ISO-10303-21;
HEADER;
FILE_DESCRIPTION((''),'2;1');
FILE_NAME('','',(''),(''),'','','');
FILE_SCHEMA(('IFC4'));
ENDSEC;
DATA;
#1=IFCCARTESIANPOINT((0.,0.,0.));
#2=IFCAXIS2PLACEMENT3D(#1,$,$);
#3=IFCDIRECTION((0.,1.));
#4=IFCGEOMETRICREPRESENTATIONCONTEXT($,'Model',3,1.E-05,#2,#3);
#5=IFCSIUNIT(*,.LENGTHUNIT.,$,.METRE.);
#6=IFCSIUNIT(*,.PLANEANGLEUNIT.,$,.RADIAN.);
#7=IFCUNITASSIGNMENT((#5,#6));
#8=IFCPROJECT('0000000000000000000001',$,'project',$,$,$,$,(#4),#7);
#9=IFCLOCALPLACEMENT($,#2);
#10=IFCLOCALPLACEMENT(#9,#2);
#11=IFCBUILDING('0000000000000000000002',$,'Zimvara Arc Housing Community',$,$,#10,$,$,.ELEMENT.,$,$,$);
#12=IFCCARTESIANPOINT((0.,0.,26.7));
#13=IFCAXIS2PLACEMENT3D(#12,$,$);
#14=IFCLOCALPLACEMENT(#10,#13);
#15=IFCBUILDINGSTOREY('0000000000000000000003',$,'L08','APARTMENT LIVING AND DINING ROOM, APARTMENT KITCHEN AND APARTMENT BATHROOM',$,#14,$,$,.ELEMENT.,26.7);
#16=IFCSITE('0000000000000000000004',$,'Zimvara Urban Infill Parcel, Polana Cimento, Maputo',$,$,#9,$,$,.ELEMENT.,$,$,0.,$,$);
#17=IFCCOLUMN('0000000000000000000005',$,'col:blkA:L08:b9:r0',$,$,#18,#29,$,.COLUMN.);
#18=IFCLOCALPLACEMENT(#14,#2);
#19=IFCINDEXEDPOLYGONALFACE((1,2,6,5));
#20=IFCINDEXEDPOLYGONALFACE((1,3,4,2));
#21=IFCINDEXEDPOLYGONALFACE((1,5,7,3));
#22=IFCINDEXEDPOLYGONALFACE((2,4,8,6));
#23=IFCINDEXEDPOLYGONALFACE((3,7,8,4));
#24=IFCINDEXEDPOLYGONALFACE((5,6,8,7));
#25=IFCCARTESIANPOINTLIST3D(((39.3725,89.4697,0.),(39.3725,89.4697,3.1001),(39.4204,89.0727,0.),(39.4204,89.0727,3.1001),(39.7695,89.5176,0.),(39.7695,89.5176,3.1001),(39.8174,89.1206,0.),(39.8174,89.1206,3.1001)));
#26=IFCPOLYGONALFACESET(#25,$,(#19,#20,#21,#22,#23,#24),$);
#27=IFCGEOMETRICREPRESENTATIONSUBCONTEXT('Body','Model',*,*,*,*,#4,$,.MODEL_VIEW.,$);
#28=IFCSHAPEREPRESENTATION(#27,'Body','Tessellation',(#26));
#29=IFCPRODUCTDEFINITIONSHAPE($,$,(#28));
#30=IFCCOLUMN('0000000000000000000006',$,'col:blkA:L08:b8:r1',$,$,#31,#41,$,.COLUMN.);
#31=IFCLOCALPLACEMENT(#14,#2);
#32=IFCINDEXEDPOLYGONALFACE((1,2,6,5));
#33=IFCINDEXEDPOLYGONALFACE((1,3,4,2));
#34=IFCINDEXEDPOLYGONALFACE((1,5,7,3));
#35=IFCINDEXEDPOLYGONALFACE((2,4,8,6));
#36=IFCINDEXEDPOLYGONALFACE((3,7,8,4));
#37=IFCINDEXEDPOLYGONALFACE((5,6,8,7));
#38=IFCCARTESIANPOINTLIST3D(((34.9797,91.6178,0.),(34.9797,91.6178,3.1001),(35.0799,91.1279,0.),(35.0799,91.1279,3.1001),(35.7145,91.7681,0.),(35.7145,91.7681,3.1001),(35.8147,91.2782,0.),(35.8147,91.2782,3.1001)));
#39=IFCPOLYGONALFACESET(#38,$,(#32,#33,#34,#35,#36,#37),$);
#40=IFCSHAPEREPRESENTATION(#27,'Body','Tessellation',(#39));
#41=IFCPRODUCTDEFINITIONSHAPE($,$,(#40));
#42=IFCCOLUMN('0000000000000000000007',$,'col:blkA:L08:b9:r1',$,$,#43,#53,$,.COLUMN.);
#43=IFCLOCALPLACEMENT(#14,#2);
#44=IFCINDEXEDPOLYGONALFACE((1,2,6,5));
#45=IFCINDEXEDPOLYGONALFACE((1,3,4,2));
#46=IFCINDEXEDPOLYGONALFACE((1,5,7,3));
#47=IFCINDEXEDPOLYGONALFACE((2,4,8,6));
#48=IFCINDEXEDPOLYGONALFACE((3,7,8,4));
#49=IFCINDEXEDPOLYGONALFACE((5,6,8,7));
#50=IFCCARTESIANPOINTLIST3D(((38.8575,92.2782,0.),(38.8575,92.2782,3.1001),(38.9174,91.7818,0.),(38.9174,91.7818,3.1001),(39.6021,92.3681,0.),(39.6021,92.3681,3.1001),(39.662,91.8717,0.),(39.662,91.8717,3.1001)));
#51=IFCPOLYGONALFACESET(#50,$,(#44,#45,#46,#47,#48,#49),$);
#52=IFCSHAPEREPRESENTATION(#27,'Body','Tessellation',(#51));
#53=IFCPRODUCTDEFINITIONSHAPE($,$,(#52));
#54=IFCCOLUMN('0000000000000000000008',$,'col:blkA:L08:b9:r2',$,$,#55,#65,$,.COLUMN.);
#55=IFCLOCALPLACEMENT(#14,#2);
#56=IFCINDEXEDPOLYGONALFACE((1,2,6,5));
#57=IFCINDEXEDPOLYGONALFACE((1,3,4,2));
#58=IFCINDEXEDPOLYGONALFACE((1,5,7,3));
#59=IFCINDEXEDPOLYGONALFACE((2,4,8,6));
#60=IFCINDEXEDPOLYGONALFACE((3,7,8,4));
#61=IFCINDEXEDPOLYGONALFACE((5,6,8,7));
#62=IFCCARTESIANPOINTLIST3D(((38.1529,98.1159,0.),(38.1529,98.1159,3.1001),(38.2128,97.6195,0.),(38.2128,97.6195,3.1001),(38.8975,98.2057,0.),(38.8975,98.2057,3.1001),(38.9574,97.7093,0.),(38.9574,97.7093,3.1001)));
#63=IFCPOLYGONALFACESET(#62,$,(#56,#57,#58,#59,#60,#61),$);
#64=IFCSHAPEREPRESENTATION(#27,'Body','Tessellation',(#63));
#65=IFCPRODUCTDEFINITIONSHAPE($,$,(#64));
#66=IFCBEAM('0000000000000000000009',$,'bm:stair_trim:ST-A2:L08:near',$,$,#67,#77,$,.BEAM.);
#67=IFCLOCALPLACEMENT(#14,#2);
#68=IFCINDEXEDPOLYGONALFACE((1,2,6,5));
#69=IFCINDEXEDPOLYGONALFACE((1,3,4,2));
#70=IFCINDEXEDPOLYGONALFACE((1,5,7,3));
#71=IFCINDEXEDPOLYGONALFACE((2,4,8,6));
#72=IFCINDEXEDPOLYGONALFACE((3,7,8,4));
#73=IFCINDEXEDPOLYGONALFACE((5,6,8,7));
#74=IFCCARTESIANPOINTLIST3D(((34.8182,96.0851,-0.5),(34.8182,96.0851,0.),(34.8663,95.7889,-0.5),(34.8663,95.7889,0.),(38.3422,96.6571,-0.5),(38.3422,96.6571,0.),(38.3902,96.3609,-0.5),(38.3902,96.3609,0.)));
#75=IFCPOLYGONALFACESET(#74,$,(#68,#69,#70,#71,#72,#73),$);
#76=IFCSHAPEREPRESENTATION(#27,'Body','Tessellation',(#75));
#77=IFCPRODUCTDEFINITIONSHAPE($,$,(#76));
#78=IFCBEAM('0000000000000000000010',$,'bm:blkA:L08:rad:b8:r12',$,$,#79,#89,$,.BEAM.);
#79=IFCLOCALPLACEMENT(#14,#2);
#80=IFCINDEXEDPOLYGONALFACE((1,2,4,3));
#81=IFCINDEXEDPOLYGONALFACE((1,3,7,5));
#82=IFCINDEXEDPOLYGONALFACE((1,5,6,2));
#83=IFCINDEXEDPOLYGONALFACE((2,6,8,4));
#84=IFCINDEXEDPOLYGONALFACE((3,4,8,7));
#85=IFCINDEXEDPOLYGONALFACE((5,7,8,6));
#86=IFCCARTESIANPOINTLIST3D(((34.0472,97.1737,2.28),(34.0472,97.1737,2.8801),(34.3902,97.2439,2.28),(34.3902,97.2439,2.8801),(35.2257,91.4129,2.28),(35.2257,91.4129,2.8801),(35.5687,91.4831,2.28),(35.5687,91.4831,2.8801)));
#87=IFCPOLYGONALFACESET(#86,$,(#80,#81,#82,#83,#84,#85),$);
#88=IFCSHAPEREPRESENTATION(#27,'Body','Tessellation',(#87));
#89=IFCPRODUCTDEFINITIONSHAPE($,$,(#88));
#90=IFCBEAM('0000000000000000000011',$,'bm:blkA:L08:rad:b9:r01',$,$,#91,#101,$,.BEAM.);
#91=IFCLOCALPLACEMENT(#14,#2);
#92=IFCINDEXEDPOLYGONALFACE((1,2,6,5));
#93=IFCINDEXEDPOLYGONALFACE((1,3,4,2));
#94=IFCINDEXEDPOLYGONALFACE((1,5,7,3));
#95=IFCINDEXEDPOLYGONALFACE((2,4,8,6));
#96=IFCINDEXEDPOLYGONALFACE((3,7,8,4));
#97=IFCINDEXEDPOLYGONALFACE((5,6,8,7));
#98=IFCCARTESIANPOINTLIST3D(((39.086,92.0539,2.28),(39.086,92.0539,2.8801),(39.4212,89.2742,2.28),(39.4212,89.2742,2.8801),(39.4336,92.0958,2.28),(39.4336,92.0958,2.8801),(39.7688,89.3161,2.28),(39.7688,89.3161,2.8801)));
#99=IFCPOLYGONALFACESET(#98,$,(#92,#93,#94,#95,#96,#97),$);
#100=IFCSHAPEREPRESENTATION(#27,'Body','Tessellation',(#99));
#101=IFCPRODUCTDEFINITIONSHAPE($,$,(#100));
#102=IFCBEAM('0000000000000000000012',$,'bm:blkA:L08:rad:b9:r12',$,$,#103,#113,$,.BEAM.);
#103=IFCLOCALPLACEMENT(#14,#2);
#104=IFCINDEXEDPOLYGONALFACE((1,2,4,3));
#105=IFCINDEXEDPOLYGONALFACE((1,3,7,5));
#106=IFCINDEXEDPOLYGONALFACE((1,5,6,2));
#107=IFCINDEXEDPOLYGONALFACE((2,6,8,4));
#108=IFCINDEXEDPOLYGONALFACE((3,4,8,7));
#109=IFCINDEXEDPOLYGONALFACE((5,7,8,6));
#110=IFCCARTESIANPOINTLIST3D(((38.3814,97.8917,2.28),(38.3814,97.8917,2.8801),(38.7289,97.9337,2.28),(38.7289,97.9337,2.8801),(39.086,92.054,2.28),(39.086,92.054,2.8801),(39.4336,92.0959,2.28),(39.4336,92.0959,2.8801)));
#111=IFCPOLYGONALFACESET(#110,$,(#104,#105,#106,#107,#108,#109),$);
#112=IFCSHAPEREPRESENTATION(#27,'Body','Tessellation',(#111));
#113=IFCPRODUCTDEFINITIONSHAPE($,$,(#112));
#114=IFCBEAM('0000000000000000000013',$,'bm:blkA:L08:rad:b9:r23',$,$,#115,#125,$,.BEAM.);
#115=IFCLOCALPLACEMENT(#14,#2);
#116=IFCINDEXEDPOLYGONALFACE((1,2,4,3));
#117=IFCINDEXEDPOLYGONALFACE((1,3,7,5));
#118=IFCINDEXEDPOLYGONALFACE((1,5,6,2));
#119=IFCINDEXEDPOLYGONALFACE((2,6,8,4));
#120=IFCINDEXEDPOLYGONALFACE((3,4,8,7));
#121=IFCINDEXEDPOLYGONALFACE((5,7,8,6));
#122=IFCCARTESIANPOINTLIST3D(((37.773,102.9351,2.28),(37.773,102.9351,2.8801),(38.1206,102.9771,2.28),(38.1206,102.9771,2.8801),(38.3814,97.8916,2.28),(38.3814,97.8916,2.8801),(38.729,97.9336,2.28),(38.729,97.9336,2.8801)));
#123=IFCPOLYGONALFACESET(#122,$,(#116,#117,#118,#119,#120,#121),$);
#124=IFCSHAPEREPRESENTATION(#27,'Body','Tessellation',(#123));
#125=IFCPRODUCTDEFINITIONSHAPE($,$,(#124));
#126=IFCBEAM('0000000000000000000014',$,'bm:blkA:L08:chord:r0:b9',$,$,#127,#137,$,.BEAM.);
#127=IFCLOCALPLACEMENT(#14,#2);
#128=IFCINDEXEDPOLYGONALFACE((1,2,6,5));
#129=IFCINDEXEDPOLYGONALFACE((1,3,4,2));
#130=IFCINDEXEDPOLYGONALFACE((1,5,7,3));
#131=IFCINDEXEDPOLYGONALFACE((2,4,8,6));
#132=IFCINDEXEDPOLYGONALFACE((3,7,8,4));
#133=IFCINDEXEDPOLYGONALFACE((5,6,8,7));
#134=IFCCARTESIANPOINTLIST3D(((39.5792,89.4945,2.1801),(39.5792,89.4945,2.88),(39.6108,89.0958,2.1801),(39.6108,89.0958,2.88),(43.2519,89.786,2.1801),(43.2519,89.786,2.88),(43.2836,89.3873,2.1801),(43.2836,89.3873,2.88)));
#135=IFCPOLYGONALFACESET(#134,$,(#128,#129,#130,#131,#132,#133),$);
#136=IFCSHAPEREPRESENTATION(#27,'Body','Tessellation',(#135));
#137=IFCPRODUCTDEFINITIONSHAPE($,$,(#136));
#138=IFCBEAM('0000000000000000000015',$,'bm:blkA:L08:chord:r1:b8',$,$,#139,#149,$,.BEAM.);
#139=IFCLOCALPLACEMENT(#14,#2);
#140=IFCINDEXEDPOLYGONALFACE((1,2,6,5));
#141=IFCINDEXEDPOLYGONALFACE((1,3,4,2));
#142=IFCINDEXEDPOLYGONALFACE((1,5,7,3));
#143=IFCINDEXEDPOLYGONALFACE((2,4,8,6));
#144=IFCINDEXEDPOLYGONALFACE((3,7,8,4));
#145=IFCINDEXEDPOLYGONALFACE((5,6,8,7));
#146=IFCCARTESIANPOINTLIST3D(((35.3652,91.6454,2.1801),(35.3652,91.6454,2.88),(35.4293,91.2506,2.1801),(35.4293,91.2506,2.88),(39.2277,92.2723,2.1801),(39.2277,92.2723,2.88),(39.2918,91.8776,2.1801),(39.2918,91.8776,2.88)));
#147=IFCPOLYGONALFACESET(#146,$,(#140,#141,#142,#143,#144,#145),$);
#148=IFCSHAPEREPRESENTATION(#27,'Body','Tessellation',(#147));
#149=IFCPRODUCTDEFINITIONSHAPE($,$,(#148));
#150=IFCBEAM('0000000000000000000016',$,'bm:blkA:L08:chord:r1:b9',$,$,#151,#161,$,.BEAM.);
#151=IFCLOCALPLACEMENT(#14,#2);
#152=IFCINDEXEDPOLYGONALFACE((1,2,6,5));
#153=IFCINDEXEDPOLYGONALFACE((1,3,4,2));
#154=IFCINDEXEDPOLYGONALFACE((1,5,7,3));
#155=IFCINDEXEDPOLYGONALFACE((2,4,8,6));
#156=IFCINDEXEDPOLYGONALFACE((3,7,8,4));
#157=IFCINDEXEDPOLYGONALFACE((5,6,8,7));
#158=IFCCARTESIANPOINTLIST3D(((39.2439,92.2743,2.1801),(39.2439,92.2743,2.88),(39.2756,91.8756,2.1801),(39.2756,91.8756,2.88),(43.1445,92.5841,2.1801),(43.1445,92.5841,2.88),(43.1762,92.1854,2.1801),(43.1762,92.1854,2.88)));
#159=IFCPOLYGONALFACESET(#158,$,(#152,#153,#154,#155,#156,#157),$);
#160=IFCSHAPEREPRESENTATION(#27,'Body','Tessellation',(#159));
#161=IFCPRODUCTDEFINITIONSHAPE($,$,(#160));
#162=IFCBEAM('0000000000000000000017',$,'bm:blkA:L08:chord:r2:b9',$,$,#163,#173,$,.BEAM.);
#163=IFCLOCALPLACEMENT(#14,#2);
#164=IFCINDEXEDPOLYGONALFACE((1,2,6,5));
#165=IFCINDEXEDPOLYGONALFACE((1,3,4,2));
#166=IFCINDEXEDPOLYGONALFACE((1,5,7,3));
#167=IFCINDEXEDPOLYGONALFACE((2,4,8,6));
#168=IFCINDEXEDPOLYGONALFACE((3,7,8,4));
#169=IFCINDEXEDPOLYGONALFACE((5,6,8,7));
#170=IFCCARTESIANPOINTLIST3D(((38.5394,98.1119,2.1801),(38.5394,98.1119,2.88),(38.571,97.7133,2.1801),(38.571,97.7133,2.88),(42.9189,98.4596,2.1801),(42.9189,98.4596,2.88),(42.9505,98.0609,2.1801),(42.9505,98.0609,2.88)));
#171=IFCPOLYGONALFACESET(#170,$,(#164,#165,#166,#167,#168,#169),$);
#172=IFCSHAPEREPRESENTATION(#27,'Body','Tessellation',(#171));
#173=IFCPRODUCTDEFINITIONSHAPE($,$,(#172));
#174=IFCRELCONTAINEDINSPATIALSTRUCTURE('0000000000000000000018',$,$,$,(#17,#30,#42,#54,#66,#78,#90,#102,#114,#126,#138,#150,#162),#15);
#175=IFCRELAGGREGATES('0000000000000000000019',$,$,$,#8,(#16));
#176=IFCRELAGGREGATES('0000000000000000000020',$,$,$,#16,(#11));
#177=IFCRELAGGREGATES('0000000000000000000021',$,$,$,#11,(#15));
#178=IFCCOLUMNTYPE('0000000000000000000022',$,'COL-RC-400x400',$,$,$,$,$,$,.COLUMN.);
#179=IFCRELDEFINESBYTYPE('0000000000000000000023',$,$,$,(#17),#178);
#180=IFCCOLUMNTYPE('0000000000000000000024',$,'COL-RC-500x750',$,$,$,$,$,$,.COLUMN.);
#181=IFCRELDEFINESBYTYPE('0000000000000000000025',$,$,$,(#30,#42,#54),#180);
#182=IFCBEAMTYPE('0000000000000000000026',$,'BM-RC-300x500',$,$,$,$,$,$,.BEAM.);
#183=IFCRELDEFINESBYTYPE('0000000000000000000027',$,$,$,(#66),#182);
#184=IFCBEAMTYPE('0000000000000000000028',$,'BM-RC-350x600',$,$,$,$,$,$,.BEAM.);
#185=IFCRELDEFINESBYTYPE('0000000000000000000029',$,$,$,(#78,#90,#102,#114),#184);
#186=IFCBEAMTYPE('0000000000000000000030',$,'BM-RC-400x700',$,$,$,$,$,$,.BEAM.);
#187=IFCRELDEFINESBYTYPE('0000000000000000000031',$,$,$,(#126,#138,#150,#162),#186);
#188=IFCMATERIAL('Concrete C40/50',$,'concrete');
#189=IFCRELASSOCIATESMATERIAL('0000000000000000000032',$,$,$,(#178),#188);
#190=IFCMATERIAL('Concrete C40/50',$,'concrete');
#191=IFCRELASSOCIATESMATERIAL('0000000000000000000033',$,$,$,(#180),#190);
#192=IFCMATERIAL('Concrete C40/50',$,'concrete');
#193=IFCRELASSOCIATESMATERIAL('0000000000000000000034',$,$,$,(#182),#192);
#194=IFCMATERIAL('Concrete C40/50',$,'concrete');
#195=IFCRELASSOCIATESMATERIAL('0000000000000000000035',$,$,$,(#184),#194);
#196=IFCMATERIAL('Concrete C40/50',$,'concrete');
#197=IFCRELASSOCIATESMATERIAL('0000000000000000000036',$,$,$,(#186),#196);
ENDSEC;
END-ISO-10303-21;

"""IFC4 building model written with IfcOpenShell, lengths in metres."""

from ifc_helpers import new_model, si_unit, direction, frame, origin, origin_2d, place, context, subcontext, project, spatial, rectangle, extrude, material, material_profile, profile_set, type_object, element, save


model = new_model("IFC4")

# Units and contexts
model_context = context("Model", 3, precision=1e-05, world=origin(), true_north=direction((0.0, 1.0)))
body_context = subcontext(model_context, "Body", "Model", "MODEL_VIEW")
ifc_project = project(units=[si_unit("LENGTHUNIT", "METRE"), si_unit("PLANEANGLEUNIT", "RADIAN")], contexts=[model_context])

# Site, building, storey
site_placement = place(None, origin())
site = spatial("IfcSite", under=ifc_project, at=site_placement, Name="Zimvara Urban Infill Parcel, Polana Cimento, Maputo", CompositionType="ELEMENT", RefElevation=0.0)
building_placement = place(site_placement, origin())
building = spatial("IfcBuilding", under=site, at=building_placement, Name="Zimvara Arc Housing Community", CompositionType="ELEMENT")
storey_placement = place(building_placement, frame((0.0, 0.0, 26.7)))
storey = spatial("IfcBuildingStorey", under=building, at=storey_placement, Name="L08", Description="APARTMENT LIVING AND DINING ROOM, APARTMENT KITCHEN AND APARTMENT BATHROOM", CompositionType="ELEMENT", Elevation=26.7)

# Columns
ifc_material_1 = material(Name="Concrete C40/50", Category="concrete")
ifc_material_profile_1 = material_profile(ifc_material_1, rectangle(XDim=0.3999, YDim=0.3999, at=origin_2d()), Name="RC 400x400")
ifc_profile_set_1 = profile_set([ifc_material_profile_1], Name="Concrete C40/50")
column_type_1 = type_object("IfcColumnType", Name="COL-RC-400x400", PredefinedType="COLUMN", material=ifc_profile_set_1)
column_placement = place(storey_placement, frame((39.595, 89.2952, 0.0), z_axis=(0.0, 0.0, 1.0), x_axis=(-0.11979, 0.992799, 0.0)))
element("IfcColumn", 1, at=column_placement, inside=storey, type_object=column_type_1, Name="col:blkA:L08:b9:r0", PredefinedType="COLUMN", context=body_context, shape_type="SweptSolid", body=[
    extrude(rectangle(XDim=0.3999, YDim=0.3999, at=origin_2d()), origin(), (0.0, 0.0, 1.0), 3.1001),
])
ifc_material_2 = material(Name="Concrete C40/50", Category="concrete")
ifc_material_profile_2 = material_profile(ifc_material_2, rectangle(XDim=0.5, YDim=0.75, at=origin_2d()), Name="RC 500x750")
ifc_profile_set_2 = profile_set([ifc_material_profile_2], Name="Concrete C40/50")
column_type_2 = type_object("IfcColumnType", Name="COL-RC-500x750", PredefinedType="COLUMN", material=ifc_profile_set_2)
for number, where, z_axis, x_axis, name in (
    (2, (35.3972, 91.448, 0.0), (0.0, 0.0, 1.0), (-0.200394, 0.979715, 0.0), "col:blkA:L08:b8:r1"),
    (3, (39.2598, 92.075, 0.0), (0.0, 0.0, 1.0), (-0.11979, 0.992799, 0.0), "col:blkA:L08:b9:r1"),
    (4, (38.5552, 97.9126, 0.0), (0.0, 0.0, 1.0), (-0.11979, 0.992799, 0.0), "col:blkA:L08:b9:r2"),
):
    element("IfcColumn", number, at=place(storey_placement, frame(where, z_axis=z_axis, x_axis=x_axis)), inside=storey, type_object=column_type_2, Name=name, PredefinedType="COLUMN", context=body_context, shape_type="SweptSolid", body=[
        extrude(rectangle(XDim=0.5, YDim=0.75, at=origin_2d()), origin(), (0.0, 0.0, 1.0), 3.1001),
    ])

# Beams
ifc_material_3 = material(Name="Concrete C40/50", Category="concrete")
ifc_material_profile_3 = material_profile(ifc_material_3, rectangle(XDim=0.3, YDim=0.5, at=origin_2d()), Name="RC 300x500")
ifc_profile_set_3 = profile_set([ifc_material_profile_3], Name="Concrete C40/50")
beam_type_1 = type_object("IfcBeamType", Name="BM-RC-300x500", PredefinedType="BEAM", material=ifc_profile_set_3)
beam_1_placement = place(storey_placement, frame((38.3662, 96.509, -0.25), z_axis=(-0.98708, -0.160228, 0.0), x_axis=(0.160228, -0.98708, 0.0)))
element("IfcBeam", 5, at=beam_1_placement, inside=storey, type_object=beam_type_1, Name="bm:stair_trim:ST-A2:L08:near", PredefinedType="BEAM", context=body_context, shape_type="SweptSolid", body=[
    extrude(rectangle(XDim=0.3, YDim=0.5, at=origin_2d()), origin(), (0.0, 0.0, 1.0), 3.5701),
])
ifc_material_4 = material(Name="Concrete C40/50", Category="concrete")
ifc_material_profile_4 = material_profile(ifc_material_4, rectangle(XDim=0.3501, YDim=0.6001, at=origin_2d()), Name="RC 350x600")
ifc_profile_set_4 = profile_set([ifc_material_profile_4], Name="Concrete C40/50")
beam_type_2 = type_object("IfcBeamType", Name="BM-RC-350x600", PredefinedType="BEAM", material=ifc_profile_set_4)
beam_2_placement = place(storey_placement, frame((35.3972, 91.448, 2.5801), z_axis=(-0.200418, 0.97971, 0.0), x_axis=(-0.97971, -0.200418, 0.0)))
element("IfcBeam", 6, at=beam_2_placement, inside=storey, type_object=beam_type_2, Name="bm:blkA:L08:rad:b8:r12", PredefinedType="BEAM", context=body_context, shape_type="SweptSolid", body=[
    extrude(rectangle(XDim=0.3501, YDim=0.6001, at=origin_2d()), origin(), (0.0, 0.0, 1.0), 5.8801),
])
beam_3_placement = place(storey_placement, frame((39.595, 89.2952, 2.5801), z_axis=(-0.119719, 0.992808, 0.0), x_axis=(-0.992808, -0.119719, 0.0)))
element("IfcBeam", 7, at=beam_3_placement, inside=storey, type_object=beam_type_2, Name="bm:blkA:L08:rad:b9:r01", PredefinedType="BEAM", context=body_context, shape_type="SweptSolid", body=[
    extrude(rectangle(XDim=0.3501, YDim=0.6001, at=origin_2d()), origin(), (0.0, 0.0, 1.0), 2.7998),
])
beam_4_placement = place(storey_placement, frame((39.2598, 92.075, 2.5801), z_axis=(-0.119828, 0.992795, 0.0), x_axis=(-0.992795, -0.119828, 0.0)))
element("IfcBeam", 8, at=beam_4_placement, inside=storey, type_object=beam_type_2, Name="bm:blkA:L08:rad:b9:r12", PredefinedType="BEAM", context=body_context, shape_type="SweptSolid", body=[
    extrude(rectangle(XDim=0.3501, YDim=0.6001, at=origin_2d()), origin(), (0.0, 0.0, 1.0), 5.8801),
])
beam_5_placement = place(storey_placement, frame((38.5552, 97.9126, 2.5801), z_axis=(-0.119763, 0.992803, 0.0), x_axis=(-0.992803, -0.119763, 0.0)))
element("IfcBeam", 9, at=beam_5_placement, inside=storey, type_object=beam_type_2, Name="bm:blkA:L08:rad:b9:r23", PredefinedType="BEAM", context=body_context, shape_type="SweptSolid", body=[
    extrude(rectangle(XDim=0.3501, YDim=0.6001, at=origin_2d()), origin(), (0.0, 0.0, 1.0), 5.0801),
])
ifc_material_5 = material(Name="Concrete C40/50", Category="concrete")
ifc_material_profile_5 = material_profile(ifc_material_5, rectangle(XDim=0.3999, YDim=0.7, at=origin_2d()), Name="RC 400x700")
ifc_profile_set_5 = profile_set([ifc_material_profile_5], Name="Concrete C40/50")
beam_type_3 = type_object("IfcBeamType", Name="BM-RC-400x700", PredefinedType="BEAM", material=ifc_profile_set_5)
beam_6_placement = place(storey_placement, frame((39.595, 89.2952, 2.53), z_axis=(0.996865, 0.079118, 0.0), x_axis=(-0.079118, 0.996865, 0.0)))
element("IfcBeam", 10, at=beam_6_placement, inside=storey, type_object=beam_type_3, Name="bm:blkA:L08:chord:r0:b9", PredefinedType="BEAM", context=body_context, shape_type="SweptSolid", body=[
    extrude(rectangle(XDim=0.3999, YDim=0.7, at=origin_2d()), origin(), (0.0, 0.0, 1.0), 3.6843),
])
beam_7_placement = place(storey_placement, frame((35.3972, 91.448, 2.53), z_axis=(0.987081, 0.160219, 0.0), x_axis=(-0.160219, 0.987081, 0.0)))
element("IfcBeam", 11, at=beam_7_placement, inside=storey, type_object=beam_type_3, Name="bm:blkA:L08:chord:r1:b8", PredefinedType="BEAM", context=body_context, shape_type="SweptSolid", body=[
    extrude(rectangle(XDim=0.3999, YDim=0.7, at=origin_2d()), origin(), (0.0, 0.0, 1.0), 3.9131),
])
beam_8_placement = place(storey_placement, frame((39.2598, 92.075, 2.53), z_axis=(0.996861, 0.079177, 0.0), x_axis=(-0.079177, 0.996861, 0.0)))
element("IfcBeam", 12, at=beam_8_placement, inside=storey, type_object=beam_type_3, Name="bm:blkA:L08:chord:r1:b9", PredefinedType="BEAM", context=body_context, shape_type="SweptSolid", body=[
    extrude(rectangle(XDim=0.3999, YDim=0.7, at=origin_2d()), origin(), (0.0, 0.0, 1.0), 3.9128),
])
beam_9_placement = place(storey_placement, frame((38.5552, 97.9126, 2.53), z_axis=(0.996864, 0.079131, 0.0), x_axis=(-0.079131, 0.996864, 0.0)))
element("IfcBeam", 13, at=beam_9_placement, inside=storey, type_object=beam_type_3, Name="bm:blkA:L08:chord:r2:b9", PredefinedType="BEAM", context=body_context, shape_type="SweptSolid", body=[
    extrude(rectangle(XDim=0.3999, YDim=0.7, at=origin_2d()), origin(), (0.0, 0.0, 1.0), 4.3933),
])

save(model, "model.ifc")
